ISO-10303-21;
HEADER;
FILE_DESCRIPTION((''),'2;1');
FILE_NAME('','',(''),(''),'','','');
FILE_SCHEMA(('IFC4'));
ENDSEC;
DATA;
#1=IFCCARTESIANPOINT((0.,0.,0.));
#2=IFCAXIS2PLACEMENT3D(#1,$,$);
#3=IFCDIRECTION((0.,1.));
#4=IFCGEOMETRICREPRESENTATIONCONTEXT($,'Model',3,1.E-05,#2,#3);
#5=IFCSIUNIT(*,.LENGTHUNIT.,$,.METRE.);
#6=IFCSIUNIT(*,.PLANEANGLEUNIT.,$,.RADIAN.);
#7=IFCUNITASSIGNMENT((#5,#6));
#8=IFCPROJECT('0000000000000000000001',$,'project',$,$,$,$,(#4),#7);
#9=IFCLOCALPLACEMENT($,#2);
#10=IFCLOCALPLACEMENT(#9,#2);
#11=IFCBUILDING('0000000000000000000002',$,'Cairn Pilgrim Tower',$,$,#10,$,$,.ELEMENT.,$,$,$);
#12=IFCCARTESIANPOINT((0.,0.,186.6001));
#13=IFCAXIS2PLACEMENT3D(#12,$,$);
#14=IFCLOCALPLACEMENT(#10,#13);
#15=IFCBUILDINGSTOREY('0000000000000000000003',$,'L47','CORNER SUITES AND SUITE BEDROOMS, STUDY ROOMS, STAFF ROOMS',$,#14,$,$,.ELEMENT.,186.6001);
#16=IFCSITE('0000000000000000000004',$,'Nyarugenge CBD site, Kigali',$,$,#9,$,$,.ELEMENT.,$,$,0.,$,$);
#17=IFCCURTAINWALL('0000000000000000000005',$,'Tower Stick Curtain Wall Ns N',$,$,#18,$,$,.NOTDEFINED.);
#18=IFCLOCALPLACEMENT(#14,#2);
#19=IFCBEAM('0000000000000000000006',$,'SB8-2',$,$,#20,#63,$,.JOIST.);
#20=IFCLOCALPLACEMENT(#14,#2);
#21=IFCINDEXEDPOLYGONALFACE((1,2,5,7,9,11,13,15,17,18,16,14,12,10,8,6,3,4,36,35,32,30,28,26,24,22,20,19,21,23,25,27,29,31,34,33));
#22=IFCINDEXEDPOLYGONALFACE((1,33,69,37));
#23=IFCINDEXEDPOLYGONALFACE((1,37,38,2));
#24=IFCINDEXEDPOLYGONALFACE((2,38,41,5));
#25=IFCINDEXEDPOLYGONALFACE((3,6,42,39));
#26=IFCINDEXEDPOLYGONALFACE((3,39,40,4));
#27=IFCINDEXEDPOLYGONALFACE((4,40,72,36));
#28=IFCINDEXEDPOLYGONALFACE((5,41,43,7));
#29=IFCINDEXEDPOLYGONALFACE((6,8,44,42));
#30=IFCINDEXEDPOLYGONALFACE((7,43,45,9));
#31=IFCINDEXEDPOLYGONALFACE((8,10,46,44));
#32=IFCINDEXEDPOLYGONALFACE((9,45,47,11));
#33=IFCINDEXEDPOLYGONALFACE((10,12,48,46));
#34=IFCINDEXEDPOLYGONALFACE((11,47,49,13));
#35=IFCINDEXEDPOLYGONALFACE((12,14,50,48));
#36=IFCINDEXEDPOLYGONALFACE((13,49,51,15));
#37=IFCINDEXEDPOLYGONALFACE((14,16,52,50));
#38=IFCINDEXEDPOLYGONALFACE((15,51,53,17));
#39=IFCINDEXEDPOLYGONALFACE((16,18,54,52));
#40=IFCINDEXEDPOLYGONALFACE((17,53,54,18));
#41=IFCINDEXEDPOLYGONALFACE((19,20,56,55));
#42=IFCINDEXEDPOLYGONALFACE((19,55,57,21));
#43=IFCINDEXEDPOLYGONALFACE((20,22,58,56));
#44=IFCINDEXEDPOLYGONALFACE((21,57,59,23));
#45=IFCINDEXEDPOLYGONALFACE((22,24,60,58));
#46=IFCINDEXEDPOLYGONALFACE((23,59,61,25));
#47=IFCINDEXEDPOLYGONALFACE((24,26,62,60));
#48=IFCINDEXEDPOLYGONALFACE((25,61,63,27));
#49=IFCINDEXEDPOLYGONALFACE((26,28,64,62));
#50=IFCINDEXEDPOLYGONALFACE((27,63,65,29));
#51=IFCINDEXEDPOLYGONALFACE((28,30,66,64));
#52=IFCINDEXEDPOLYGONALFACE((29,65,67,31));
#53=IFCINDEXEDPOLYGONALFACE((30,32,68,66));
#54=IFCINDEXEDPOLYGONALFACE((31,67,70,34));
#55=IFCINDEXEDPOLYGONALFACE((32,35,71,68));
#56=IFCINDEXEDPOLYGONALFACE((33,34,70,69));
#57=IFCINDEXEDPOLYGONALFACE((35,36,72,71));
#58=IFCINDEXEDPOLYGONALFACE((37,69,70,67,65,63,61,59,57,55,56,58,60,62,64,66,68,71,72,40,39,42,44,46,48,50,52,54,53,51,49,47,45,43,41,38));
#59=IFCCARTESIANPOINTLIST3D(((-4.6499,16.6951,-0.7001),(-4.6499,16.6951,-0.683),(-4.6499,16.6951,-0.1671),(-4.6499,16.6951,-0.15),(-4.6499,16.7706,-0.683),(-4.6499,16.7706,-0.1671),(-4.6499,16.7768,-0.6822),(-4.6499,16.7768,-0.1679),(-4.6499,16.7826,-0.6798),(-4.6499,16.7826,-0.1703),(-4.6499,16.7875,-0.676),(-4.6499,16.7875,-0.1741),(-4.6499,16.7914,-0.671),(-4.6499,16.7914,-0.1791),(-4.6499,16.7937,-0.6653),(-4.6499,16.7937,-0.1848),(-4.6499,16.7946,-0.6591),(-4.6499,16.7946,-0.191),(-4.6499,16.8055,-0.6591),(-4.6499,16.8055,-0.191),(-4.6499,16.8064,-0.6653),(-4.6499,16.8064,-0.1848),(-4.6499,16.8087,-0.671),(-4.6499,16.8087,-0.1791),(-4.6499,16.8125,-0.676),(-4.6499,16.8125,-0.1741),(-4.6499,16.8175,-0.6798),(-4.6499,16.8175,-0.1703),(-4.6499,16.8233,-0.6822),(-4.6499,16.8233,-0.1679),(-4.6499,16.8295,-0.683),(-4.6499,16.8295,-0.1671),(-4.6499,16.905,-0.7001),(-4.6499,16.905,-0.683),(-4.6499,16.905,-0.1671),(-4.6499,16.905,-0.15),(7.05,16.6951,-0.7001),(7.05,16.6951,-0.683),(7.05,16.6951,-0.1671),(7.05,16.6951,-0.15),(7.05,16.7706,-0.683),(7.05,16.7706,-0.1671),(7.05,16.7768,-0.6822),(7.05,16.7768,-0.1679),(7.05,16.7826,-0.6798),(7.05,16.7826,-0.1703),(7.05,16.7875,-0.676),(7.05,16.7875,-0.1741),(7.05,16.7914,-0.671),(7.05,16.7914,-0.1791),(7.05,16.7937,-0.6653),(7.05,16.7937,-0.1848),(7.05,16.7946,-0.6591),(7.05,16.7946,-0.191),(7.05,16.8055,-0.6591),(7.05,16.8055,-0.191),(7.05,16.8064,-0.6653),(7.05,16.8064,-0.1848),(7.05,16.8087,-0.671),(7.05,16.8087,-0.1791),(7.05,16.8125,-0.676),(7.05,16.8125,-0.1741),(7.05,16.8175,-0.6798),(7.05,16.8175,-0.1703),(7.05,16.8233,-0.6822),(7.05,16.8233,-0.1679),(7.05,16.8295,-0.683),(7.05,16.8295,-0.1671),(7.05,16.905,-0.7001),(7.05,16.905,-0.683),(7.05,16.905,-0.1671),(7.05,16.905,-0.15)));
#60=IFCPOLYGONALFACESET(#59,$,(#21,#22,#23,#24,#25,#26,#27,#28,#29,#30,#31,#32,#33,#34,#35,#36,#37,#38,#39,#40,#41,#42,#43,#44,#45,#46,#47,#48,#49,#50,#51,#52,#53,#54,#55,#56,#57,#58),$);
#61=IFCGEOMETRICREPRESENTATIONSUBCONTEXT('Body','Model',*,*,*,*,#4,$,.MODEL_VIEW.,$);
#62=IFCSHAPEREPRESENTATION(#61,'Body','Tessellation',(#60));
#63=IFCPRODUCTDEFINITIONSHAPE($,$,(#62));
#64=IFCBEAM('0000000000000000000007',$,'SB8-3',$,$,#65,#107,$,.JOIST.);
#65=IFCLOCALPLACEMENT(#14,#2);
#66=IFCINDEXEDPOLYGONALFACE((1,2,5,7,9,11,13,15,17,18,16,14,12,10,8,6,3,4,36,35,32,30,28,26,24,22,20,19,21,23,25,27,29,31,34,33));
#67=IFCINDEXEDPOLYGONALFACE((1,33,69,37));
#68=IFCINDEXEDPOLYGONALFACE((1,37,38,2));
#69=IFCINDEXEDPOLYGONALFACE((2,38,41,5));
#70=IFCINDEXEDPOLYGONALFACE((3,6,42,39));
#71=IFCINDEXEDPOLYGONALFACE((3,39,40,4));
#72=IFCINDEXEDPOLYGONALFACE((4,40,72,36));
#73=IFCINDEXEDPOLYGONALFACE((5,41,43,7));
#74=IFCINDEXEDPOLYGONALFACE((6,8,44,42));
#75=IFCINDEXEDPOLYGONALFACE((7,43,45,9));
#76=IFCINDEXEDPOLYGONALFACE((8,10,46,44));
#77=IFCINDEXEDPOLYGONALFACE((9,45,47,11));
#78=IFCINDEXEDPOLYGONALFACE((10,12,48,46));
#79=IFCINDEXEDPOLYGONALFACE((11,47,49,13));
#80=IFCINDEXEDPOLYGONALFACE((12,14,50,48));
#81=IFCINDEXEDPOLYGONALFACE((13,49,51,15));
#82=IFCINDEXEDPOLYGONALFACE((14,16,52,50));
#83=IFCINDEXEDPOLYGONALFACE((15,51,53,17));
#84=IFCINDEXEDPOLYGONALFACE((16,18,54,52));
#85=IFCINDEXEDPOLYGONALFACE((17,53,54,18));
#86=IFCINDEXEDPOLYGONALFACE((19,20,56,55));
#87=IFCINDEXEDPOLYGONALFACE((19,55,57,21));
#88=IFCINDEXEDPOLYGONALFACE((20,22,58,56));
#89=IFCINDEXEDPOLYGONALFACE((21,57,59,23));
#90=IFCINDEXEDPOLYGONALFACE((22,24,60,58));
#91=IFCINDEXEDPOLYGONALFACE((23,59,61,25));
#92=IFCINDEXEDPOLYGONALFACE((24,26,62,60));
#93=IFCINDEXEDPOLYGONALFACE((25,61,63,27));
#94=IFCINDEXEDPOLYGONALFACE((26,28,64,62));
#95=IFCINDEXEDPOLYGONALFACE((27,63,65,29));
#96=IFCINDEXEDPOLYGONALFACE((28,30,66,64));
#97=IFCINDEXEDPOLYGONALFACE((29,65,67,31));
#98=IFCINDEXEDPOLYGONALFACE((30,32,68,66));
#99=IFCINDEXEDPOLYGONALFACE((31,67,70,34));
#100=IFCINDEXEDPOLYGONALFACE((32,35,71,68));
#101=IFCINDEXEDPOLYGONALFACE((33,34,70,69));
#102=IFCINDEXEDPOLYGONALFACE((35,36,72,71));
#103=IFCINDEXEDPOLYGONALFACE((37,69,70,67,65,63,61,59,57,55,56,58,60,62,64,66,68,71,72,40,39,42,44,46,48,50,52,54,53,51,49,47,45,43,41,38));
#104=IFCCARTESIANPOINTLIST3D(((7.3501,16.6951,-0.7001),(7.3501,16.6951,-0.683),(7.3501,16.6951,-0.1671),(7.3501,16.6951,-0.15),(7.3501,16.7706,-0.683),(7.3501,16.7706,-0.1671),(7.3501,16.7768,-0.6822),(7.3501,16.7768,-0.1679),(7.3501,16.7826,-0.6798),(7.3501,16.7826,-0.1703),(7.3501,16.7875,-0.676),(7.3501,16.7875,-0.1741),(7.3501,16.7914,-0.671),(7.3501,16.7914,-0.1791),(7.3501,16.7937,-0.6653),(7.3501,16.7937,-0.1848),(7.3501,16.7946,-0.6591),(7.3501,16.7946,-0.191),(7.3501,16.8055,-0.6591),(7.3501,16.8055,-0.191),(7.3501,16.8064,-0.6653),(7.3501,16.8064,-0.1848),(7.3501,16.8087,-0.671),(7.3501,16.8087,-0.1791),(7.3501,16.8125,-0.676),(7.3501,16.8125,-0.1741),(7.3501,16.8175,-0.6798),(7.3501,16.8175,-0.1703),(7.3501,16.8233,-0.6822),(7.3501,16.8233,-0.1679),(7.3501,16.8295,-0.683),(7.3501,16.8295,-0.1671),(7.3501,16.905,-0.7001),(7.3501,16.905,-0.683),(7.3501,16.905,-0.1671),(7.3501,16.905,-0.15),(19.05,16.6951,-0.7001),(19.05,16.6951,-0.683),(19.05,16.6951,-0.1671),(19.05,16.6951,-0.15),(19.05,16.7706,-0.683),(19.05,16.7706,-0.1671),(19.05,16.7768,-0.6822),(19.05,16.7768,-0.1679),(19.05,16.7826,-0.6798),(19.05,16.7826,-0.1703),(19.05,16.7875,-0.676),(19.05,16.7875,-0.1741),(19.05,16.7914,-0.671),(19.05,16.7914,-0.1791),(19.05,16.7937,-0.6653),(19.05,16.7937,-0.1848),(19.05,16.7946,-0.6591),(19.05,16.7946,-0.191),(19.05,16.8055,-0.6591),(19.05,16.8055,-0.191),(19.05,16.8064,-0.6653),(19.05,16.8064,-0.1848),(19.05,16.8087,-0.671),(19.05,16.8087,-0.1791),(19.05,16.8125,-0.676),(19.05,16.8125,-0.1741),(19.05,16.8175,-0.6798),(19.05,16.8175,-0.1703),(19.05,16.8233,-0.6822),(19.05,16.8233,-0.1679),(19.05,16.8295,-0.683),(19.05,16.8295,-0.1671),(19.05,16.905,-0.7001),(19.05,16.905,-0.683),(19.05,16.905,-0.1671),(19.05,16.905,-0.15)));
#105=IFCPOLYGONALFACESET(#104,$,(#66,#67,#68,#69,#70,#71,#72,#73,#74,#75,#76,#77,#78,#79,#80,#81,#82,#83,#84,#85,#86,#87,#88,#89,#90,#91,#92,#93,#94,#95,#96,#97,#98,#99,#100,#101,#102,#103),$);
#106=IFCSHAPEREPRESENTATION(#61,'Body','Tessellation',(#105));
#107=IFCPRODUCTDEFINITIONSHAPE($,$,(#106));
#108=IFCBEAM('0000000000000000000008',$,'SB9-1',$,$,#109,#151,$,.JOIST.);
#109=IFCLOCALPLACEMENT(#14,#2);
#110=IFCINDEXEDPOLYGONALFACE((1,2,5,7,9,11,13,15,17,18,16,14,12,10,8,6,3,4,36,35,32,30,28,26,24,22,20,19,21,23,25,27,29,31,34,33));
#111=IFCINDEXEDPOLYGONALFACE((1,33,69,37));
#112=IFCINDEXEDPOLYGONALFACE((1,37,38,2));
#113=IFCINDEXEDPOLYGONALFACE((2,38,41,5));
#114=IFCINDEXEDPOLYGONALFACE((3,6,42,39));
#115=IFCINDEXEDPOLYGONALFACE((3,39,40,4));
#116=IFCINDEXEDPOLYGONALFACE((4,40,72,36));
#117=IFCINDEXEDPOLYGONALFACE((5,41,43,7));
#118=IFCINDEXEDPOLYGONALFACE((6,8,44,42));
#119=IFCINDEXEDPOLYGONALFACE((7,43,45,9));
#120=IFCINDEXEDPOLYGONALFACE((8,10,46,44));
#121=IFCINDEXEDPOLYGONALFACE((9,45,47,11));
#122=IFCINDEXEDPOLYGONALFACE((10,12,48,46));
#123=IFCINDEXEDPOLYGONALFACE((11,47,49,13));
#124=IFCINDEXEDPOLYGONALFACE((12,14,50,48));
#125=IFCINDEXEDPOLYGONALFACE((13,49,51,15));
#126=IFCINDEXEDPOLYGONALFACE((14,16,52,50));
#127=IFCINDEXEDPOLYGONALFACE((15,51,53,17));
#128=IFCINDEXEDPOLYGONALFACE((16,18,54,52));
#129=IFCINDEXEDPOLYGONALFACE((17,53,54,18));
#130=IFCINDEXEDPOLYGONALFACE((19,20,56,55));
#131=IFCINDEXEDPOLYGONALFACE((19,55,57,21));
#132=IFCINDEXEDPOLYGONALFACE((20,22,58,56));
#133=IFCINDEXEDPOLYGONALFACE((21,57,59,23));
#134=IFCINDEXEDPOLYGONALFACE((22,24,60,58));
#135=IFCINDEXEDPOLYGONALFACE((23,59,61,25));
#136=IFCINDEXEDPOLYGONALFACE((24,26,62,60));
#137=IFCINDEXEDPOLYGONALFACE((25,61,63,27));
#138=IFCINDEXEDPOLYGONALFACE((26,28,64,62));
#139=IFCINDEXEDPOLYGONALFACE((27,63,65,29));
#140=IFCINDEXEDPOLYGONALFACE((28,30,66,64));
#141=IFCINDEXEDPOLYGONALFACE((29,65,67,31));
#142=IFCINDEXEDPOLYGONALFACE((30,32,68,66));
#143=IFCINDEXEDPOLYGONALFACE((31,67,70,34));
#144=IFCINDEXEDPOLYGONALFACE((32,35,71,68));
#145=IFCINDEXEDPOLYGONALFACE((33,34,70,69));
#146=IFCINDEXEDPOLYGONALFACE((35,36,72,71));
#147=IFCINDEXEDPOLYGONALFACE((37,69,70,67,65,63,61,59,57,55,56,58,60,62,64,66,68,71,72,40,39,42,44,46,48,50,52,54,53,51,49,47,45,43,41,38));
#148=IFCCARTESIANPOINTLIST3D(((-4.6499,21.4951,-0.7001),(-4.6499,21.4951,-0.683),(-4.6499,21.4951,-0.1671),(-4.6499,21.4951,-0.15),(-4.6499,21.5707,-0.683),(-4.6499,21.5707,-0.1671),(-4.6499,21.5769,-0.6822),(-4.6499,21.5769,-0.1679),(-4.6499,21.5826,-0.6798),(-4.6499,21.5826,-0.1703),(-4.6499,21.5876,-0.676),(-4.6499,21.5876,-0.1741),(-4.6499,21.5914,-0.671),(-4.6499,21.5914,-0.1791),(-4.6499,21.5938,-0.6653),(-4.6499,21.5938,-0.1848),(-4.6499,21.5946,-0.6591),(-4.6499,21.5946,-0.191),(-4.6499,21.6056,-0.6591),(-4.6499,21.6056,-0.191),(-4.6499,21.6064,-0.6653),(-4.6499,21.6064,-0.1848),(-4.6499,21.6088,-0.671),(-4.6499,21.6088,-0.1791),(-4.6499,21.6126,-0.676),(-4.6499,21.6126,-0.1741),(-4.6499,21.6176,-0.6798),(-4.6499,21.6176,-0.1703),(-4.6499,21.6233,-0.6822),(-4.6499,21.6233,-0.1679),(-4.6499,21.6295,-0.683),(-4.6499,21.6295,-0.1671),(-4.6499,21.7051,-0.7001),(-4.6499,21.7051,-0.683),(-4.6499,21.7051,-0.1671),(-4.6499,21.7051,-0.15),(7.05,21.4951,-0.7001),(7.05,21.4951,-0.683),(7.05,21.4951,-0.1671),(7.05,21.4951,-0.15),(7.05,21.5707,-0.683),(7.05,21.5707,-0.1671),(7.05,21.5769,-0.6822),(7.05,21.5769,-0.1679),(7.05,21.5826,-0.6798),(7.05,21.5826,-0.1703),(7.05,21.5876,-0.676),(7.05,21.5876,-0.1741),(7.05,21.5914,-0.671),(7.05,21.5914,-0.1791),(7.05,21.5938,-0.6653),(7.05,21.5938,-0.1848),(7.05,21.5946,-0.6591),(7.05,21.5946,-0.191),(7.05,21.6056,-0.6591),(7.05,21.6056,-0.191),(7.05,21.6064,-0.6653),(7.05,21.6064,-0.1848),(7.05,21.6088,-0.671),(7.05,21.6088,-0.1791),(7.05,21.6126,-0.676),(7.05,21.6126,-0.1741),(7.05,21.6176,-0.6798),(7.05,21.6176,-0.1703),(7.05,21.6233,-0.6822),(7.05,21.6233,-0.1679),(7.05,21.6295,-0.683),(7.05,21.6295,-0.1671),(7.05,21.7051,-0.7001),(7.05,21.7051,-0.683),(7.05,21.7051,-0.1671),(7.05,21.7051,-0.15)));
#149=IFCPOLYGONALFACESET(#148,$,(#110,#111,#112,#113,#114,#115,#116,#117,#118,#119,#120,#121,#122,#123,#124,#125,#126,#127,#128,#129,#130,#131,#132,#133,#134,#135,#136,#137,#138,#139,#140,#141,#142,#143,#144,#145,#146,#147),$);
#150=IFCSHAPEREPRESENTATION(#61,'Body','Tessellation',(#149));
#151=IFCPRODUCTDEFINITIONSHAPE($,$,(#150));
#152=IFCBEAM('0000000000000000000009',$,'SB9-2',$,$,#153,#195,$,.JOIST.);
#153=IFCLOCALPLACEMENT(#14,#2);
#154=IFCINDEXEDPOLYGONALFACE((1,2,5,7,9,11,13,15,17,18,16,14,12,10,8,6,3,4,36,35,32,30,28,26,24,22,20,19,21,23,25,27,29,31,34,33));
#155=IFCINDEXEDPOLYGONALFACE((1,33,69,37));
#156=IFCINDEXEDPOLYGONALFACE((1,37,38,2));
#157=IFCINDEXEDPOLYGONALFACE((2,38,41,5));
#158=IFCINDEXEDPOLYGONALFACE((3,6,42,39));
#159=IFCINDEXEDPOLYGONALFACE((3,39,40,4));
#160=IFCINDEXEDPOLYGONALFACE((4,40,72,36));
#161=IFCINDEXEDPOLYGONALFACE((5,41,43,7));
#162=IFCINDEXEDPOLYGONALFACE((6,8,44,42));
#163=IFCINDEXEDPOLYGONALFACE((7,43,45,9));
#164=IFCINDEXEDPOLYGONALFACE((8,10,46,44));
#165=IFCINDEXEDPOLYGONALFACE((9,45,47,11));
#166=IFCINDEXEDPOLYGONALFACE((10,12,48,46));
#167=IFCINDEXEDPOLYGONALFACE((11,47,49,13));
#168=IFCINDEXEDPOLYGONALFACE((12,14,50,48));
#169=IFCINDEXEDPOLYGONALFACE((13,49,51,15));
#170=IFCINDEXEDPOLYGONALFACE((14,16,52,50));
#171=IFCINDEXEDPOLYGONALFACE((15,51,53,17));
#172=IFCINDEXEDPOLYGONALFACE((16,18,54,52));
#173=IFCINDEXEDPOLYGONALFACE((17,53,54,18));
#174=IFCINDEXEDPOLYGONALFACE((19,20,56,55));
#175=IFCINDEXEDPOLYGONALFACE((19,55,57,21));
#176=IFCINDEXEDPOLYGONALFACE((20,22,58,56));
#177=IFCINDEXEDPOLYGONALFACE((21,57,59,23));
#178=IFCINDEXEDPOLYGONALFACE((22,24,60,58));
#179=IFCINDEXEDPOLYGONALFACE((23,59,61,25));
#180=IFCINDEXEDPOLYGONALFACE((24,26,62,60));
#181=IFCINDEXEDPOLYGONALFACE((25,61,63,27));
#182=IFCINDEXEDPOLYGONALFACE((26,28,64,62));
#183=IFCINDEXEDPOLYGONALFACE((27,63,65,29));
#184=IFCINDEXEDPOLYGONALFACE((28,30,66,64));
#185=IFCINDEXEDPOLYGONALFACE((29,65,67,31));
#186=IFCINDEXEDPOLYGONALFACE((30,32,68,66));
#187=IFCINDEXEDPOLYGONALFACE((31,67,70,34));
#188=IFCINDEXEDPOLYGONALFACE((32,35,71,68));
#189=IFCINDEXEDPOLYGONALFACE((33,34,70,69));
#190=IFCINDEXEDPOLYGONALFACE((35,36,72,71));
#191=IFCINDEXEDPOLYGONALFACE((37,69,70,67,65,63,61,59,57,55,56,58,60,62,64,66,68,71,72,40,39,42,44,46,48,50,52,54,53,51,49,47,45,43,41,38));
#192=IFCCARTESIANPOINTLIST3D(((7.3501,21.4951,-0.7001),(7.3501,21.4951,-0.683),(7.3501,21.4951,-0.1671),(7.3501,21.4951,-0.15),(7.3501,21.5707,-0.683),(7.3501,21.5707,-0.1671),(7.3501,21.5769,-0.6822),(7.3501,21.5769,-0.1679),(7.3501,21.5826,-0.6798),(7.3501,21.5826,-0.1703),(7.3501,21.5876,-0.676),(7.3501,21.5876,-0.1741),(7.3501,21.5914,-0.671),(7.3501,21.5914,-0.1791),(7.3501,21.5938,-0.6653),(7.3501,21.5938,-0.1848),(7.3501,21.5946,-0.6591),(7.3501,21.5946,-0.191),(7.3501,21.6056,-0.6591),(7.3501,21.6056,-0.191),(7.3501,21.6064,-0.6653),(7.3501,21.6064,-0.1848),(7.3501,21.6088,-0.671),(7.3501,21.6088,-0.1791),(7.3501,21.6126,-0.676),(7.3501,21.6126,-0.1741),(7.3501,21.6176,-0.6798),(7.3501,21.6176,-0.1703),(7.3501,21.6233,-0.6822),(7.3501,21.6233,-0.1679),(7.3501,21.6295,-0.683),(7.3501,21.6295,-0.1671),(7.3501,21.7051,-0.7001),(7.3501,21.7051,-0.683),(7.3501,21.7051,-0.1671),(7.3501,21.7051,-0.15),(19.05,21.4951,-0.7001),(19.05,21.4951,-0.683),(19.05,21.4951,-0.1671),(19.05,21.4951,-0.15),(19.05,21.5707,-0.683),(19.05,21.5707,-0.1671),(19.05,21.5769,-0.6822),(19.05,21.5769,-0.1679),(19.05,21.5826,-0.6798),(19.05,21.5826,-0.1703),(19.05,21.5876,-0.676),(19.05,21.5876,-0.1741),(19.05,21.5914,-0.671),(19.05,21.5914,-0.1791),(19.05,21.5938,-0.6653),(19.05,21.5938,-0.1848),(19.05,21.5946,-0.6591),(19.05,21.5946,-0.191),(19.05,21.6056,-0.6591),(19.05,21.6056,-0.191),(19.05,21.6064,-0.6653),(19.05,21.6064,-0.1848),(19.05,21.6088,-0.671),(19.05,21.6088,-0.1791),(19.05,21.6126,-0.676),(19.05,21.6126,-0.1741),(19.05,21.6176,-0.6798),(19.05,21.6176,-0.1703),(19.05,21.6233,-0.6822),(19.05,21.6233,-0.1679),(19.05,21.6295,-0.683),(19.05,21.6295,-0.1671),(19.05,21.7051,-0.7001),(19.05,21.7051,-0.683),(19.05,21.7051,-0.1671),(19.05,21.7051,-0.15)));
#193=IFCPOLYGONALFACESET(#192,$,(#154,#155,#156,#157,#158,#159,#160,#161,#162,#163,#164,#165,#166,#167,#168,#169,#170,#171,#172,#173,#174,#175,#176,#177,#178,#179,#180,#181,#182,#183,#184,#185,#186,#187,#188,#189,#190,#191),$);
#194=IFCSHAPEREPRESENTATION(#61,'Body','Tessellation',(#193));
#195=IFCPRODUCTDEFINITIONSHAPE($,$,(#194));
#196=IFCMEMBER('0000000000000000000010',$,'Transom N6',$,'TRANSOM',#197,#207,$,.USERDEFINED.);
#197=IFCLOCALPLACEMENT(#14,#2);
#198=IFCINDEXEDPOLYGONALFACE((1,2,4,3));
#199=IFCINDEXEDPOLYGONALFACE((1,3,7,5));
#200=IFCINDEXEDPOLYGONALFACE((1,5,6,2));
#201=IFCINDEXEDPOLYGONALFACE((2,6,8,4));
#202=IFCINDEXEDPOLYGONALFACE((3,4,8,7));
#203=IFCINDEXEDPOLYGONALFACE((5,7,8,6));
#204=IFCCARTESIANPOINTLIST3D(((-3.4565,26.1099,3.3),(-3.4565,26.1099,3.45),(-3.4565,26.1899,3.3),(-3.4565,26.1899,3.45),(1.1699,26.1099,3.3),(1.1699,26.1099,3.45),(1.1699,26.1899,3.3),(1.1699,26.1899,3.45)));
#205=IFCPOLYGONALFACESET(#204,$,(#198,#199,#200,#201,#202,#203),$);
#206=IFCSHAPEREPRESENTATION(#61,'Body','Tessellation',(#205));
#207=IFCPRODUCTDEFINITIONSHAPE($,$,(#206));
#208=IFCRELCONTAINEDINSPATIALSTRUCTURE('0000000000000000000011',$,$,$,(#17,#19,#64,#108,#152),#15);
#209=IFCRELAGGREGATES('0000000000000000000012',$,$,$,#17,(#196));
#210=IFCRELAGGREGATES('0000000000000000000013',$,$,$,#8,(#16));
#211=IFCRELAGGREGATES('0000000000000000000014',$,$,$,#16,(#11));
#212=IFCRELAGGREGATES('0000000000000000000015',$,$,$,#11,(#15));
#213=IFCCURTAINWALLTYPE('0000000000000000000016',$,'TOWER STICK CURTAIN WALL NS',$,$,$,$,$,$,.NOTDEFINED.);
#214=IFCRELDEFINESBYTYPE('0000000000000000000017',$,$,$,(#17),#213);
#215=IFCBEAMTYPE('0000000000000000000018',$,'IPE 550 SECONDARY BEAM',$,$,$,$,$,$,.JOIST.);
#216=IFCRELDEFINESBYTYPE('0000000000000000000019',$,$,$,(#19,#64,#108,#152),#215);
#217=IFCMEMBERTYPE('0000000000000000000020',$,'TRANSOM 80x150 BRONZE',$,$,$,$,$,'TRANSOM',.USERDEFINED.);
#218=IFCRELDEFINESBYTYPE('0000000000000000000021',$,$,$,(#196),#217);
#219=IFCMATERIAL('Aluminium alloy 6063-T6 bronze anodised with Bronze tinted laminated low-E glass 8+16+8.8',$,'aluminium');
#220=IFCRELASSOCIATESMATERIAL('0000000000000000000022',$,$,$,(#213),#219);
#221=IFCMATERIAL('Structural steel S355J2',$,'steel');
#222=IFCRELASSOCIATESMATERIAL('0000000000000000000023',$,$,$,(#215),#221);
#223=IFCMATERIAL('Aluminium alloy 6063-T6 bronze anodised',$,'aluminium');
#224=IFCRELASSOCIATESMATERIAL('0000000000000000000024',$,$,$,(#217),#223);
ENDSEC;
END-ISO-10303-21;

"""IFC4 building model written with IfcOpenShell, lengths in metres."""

from ifc_helpers import new_model, si_unit, direction, frame, origin, origin_2d, place, context, subcontext, project, spatial, rectangle, i_section, extrude, material, material_profile, profile_set, type_object, element, aggregate, save


model = new_model("IFC4")

# Units and contexts
model_context = context("Model", 3, precision=1e-05, world=origin(), true_north=direction((0.0, 1.0)))
body_context = subcontext(model_context, "Body", "Model", "MODEL_VIEW")
ifc_project = project(units=[si_unit("LENGTHUNIT", "METRE"), si_unit("PLANEANGLEUNIT", "RADIAN")], contexts=[model_context])

# Site, building, storey
site_placement = place(None, origin())
site = spatial("IfcSite", under=ifc_project, at=site_placement, Name="Nyarugenge CBD site, Kigali", CompositionType="ELEMENT", RefElevation=0.0)
building_placement = place(site_placement, origin())
building = spatial("IfcBuilding", under=site, at=building_placement, Name="Cairn Pilgrim Tower", CompositionType="ELEMENT")
storey_placement = place(building_placement, frame((0.0, 0.0, 186.6001)))
storey = spatial("IfcBuildingStorey", under=building, at=storey_placement, Name="L47", Description="CORNER SUITES AND SUITE BEDROOMS, STUDY ROOMS, STAFF ROOMS", CompositionType="ELEMENT", Elevation=186.6001)

# Curtain wall
ifc_material_1 = material(Name="Aluminium alloy 6063-T6 bronze anodised with Bronze tinted laminated low-E glass 8+16+8.8", Category="aluminium")
curtain_wall_type_1 = type_object("IfcCurtainWallType", Name="TOWER STICK CURTAIN WALL NS", PredefinedType="NOTDEFINED", material=ifc_material_1)
curtain_wall_1_placement = place(storey_placement, origin())
curtain_wall_1 = element("IfcCurtainWall", 1, at=curtain_wall_1_placement, inside=storey, type_object=curtain_wall_type_1, Name="Tower Stick Curtain Wall Ns N", PredefinedType="NOTDEFINED")
ifc_material_2 = material(Name="Aluminium alloy 6063-T6 bronze anodised", Category="aluminium")

# Beams
ifc_material_3 = material(Name="Structural steel S355J2", Category="steel")
ifc_material_profile_1 = material_profile(ifc_material_3, i_section(OverallWidth=0.21, OverallDepth=0.55, WebThickness=0.011, FlangeThickness=0.0171, FilletRadius=0.0239, at=origin_2d()), Name="IPE 550")
ifc_profile_set_1 = profile_set([ifc_material_profile_1], Name="Structural steel S355J2")
beam_type_1 = type_object("IfcBeamType", Name="IPE 550 SECONDARY BEAM", PredefinedType="JOIST", material=ifc_profile_set_1)
for number, where, z_axis, x_axis, name in (
    (2, (-4.6499, 16.8, -0.425), (1.0, 0.0, 0.0), (0.0, 1.0, 0.0), "SB8-2"),
    (3, (7.3501, 16.8, -0.425), (1.0, 0.0, 0.0), (0.0, 1.0, 0.0), "SB8-3"),
    (4, (-4.6499, 21.6001, -0.425), (1.0, 0.0, 0.0), (0.0, 1.0, 0.0), "SB9-1"),
    (5, (7.3501, 21.6001, -0.425), (1.0, 0.0, 0.0), (0.0, 1.0, 0.0), "SB9-2"),
):
    element("IfcBeam", number, at=place(storey_placement, frame(where, z_axis=z_axis, x_axis=x_axis)), inside=storey, type_object=beam_type_1, Name=name, PredefinedType="JOIST", context=body_context, shape_type="SweptSolid", body=[
        extrude(i_section(OverallWidth=0.21, OverallDepth=0.55, WebThickness=0.011, FlangeThickness=0.0171, FilletRadius=0.0239, at=origin_2d()), origin(), (0.0, 0.0, 1.0), 11.7),
    ])

# Member
ifc_material_profile_2 = material_profile(ifc_material_2, rectangle(XDim=0.0801, YDim=0.1499, at=origin_2d()), Name="TRANSOM 80x150 BRONZE")
ifc_profile_set_2 = profile_set([ifc_material_profile_2], Name="Aluminium alloy 6063-T6 bronze anodised")
member_type_1 = type_object("IfcMemberType", Name="TRANSOM 80x150 BRONZE", ElementType="TRANSOM", PredefinedType="USERDEFINED", material=ifc_profile_set_2)
member_1_placement = place(storey_placement, frame((1.1699, 26.1499, 3.375), z_axis=(-1.0, 0.0, 0.0), x_axis=(0.0, -1.0, 0.0)))
member_1 = element("IfcMember", 6, at=member_1_placement, type_object=member_type_1, Name="Transom N6", ObjectType="TRANSOM", PredefinedType="USERDEFINED", context=body_context, shape_type="SweptSolid", body=[
    extrude(rectangle(XDim=0.0801, YDim=0.1499, at=origin_2d()), origin(), (0.0, 0.0, 1.0), 4.6265),
])

aggregate(curtain_wall_1, [member_1])

save(model, "model.ifc")
